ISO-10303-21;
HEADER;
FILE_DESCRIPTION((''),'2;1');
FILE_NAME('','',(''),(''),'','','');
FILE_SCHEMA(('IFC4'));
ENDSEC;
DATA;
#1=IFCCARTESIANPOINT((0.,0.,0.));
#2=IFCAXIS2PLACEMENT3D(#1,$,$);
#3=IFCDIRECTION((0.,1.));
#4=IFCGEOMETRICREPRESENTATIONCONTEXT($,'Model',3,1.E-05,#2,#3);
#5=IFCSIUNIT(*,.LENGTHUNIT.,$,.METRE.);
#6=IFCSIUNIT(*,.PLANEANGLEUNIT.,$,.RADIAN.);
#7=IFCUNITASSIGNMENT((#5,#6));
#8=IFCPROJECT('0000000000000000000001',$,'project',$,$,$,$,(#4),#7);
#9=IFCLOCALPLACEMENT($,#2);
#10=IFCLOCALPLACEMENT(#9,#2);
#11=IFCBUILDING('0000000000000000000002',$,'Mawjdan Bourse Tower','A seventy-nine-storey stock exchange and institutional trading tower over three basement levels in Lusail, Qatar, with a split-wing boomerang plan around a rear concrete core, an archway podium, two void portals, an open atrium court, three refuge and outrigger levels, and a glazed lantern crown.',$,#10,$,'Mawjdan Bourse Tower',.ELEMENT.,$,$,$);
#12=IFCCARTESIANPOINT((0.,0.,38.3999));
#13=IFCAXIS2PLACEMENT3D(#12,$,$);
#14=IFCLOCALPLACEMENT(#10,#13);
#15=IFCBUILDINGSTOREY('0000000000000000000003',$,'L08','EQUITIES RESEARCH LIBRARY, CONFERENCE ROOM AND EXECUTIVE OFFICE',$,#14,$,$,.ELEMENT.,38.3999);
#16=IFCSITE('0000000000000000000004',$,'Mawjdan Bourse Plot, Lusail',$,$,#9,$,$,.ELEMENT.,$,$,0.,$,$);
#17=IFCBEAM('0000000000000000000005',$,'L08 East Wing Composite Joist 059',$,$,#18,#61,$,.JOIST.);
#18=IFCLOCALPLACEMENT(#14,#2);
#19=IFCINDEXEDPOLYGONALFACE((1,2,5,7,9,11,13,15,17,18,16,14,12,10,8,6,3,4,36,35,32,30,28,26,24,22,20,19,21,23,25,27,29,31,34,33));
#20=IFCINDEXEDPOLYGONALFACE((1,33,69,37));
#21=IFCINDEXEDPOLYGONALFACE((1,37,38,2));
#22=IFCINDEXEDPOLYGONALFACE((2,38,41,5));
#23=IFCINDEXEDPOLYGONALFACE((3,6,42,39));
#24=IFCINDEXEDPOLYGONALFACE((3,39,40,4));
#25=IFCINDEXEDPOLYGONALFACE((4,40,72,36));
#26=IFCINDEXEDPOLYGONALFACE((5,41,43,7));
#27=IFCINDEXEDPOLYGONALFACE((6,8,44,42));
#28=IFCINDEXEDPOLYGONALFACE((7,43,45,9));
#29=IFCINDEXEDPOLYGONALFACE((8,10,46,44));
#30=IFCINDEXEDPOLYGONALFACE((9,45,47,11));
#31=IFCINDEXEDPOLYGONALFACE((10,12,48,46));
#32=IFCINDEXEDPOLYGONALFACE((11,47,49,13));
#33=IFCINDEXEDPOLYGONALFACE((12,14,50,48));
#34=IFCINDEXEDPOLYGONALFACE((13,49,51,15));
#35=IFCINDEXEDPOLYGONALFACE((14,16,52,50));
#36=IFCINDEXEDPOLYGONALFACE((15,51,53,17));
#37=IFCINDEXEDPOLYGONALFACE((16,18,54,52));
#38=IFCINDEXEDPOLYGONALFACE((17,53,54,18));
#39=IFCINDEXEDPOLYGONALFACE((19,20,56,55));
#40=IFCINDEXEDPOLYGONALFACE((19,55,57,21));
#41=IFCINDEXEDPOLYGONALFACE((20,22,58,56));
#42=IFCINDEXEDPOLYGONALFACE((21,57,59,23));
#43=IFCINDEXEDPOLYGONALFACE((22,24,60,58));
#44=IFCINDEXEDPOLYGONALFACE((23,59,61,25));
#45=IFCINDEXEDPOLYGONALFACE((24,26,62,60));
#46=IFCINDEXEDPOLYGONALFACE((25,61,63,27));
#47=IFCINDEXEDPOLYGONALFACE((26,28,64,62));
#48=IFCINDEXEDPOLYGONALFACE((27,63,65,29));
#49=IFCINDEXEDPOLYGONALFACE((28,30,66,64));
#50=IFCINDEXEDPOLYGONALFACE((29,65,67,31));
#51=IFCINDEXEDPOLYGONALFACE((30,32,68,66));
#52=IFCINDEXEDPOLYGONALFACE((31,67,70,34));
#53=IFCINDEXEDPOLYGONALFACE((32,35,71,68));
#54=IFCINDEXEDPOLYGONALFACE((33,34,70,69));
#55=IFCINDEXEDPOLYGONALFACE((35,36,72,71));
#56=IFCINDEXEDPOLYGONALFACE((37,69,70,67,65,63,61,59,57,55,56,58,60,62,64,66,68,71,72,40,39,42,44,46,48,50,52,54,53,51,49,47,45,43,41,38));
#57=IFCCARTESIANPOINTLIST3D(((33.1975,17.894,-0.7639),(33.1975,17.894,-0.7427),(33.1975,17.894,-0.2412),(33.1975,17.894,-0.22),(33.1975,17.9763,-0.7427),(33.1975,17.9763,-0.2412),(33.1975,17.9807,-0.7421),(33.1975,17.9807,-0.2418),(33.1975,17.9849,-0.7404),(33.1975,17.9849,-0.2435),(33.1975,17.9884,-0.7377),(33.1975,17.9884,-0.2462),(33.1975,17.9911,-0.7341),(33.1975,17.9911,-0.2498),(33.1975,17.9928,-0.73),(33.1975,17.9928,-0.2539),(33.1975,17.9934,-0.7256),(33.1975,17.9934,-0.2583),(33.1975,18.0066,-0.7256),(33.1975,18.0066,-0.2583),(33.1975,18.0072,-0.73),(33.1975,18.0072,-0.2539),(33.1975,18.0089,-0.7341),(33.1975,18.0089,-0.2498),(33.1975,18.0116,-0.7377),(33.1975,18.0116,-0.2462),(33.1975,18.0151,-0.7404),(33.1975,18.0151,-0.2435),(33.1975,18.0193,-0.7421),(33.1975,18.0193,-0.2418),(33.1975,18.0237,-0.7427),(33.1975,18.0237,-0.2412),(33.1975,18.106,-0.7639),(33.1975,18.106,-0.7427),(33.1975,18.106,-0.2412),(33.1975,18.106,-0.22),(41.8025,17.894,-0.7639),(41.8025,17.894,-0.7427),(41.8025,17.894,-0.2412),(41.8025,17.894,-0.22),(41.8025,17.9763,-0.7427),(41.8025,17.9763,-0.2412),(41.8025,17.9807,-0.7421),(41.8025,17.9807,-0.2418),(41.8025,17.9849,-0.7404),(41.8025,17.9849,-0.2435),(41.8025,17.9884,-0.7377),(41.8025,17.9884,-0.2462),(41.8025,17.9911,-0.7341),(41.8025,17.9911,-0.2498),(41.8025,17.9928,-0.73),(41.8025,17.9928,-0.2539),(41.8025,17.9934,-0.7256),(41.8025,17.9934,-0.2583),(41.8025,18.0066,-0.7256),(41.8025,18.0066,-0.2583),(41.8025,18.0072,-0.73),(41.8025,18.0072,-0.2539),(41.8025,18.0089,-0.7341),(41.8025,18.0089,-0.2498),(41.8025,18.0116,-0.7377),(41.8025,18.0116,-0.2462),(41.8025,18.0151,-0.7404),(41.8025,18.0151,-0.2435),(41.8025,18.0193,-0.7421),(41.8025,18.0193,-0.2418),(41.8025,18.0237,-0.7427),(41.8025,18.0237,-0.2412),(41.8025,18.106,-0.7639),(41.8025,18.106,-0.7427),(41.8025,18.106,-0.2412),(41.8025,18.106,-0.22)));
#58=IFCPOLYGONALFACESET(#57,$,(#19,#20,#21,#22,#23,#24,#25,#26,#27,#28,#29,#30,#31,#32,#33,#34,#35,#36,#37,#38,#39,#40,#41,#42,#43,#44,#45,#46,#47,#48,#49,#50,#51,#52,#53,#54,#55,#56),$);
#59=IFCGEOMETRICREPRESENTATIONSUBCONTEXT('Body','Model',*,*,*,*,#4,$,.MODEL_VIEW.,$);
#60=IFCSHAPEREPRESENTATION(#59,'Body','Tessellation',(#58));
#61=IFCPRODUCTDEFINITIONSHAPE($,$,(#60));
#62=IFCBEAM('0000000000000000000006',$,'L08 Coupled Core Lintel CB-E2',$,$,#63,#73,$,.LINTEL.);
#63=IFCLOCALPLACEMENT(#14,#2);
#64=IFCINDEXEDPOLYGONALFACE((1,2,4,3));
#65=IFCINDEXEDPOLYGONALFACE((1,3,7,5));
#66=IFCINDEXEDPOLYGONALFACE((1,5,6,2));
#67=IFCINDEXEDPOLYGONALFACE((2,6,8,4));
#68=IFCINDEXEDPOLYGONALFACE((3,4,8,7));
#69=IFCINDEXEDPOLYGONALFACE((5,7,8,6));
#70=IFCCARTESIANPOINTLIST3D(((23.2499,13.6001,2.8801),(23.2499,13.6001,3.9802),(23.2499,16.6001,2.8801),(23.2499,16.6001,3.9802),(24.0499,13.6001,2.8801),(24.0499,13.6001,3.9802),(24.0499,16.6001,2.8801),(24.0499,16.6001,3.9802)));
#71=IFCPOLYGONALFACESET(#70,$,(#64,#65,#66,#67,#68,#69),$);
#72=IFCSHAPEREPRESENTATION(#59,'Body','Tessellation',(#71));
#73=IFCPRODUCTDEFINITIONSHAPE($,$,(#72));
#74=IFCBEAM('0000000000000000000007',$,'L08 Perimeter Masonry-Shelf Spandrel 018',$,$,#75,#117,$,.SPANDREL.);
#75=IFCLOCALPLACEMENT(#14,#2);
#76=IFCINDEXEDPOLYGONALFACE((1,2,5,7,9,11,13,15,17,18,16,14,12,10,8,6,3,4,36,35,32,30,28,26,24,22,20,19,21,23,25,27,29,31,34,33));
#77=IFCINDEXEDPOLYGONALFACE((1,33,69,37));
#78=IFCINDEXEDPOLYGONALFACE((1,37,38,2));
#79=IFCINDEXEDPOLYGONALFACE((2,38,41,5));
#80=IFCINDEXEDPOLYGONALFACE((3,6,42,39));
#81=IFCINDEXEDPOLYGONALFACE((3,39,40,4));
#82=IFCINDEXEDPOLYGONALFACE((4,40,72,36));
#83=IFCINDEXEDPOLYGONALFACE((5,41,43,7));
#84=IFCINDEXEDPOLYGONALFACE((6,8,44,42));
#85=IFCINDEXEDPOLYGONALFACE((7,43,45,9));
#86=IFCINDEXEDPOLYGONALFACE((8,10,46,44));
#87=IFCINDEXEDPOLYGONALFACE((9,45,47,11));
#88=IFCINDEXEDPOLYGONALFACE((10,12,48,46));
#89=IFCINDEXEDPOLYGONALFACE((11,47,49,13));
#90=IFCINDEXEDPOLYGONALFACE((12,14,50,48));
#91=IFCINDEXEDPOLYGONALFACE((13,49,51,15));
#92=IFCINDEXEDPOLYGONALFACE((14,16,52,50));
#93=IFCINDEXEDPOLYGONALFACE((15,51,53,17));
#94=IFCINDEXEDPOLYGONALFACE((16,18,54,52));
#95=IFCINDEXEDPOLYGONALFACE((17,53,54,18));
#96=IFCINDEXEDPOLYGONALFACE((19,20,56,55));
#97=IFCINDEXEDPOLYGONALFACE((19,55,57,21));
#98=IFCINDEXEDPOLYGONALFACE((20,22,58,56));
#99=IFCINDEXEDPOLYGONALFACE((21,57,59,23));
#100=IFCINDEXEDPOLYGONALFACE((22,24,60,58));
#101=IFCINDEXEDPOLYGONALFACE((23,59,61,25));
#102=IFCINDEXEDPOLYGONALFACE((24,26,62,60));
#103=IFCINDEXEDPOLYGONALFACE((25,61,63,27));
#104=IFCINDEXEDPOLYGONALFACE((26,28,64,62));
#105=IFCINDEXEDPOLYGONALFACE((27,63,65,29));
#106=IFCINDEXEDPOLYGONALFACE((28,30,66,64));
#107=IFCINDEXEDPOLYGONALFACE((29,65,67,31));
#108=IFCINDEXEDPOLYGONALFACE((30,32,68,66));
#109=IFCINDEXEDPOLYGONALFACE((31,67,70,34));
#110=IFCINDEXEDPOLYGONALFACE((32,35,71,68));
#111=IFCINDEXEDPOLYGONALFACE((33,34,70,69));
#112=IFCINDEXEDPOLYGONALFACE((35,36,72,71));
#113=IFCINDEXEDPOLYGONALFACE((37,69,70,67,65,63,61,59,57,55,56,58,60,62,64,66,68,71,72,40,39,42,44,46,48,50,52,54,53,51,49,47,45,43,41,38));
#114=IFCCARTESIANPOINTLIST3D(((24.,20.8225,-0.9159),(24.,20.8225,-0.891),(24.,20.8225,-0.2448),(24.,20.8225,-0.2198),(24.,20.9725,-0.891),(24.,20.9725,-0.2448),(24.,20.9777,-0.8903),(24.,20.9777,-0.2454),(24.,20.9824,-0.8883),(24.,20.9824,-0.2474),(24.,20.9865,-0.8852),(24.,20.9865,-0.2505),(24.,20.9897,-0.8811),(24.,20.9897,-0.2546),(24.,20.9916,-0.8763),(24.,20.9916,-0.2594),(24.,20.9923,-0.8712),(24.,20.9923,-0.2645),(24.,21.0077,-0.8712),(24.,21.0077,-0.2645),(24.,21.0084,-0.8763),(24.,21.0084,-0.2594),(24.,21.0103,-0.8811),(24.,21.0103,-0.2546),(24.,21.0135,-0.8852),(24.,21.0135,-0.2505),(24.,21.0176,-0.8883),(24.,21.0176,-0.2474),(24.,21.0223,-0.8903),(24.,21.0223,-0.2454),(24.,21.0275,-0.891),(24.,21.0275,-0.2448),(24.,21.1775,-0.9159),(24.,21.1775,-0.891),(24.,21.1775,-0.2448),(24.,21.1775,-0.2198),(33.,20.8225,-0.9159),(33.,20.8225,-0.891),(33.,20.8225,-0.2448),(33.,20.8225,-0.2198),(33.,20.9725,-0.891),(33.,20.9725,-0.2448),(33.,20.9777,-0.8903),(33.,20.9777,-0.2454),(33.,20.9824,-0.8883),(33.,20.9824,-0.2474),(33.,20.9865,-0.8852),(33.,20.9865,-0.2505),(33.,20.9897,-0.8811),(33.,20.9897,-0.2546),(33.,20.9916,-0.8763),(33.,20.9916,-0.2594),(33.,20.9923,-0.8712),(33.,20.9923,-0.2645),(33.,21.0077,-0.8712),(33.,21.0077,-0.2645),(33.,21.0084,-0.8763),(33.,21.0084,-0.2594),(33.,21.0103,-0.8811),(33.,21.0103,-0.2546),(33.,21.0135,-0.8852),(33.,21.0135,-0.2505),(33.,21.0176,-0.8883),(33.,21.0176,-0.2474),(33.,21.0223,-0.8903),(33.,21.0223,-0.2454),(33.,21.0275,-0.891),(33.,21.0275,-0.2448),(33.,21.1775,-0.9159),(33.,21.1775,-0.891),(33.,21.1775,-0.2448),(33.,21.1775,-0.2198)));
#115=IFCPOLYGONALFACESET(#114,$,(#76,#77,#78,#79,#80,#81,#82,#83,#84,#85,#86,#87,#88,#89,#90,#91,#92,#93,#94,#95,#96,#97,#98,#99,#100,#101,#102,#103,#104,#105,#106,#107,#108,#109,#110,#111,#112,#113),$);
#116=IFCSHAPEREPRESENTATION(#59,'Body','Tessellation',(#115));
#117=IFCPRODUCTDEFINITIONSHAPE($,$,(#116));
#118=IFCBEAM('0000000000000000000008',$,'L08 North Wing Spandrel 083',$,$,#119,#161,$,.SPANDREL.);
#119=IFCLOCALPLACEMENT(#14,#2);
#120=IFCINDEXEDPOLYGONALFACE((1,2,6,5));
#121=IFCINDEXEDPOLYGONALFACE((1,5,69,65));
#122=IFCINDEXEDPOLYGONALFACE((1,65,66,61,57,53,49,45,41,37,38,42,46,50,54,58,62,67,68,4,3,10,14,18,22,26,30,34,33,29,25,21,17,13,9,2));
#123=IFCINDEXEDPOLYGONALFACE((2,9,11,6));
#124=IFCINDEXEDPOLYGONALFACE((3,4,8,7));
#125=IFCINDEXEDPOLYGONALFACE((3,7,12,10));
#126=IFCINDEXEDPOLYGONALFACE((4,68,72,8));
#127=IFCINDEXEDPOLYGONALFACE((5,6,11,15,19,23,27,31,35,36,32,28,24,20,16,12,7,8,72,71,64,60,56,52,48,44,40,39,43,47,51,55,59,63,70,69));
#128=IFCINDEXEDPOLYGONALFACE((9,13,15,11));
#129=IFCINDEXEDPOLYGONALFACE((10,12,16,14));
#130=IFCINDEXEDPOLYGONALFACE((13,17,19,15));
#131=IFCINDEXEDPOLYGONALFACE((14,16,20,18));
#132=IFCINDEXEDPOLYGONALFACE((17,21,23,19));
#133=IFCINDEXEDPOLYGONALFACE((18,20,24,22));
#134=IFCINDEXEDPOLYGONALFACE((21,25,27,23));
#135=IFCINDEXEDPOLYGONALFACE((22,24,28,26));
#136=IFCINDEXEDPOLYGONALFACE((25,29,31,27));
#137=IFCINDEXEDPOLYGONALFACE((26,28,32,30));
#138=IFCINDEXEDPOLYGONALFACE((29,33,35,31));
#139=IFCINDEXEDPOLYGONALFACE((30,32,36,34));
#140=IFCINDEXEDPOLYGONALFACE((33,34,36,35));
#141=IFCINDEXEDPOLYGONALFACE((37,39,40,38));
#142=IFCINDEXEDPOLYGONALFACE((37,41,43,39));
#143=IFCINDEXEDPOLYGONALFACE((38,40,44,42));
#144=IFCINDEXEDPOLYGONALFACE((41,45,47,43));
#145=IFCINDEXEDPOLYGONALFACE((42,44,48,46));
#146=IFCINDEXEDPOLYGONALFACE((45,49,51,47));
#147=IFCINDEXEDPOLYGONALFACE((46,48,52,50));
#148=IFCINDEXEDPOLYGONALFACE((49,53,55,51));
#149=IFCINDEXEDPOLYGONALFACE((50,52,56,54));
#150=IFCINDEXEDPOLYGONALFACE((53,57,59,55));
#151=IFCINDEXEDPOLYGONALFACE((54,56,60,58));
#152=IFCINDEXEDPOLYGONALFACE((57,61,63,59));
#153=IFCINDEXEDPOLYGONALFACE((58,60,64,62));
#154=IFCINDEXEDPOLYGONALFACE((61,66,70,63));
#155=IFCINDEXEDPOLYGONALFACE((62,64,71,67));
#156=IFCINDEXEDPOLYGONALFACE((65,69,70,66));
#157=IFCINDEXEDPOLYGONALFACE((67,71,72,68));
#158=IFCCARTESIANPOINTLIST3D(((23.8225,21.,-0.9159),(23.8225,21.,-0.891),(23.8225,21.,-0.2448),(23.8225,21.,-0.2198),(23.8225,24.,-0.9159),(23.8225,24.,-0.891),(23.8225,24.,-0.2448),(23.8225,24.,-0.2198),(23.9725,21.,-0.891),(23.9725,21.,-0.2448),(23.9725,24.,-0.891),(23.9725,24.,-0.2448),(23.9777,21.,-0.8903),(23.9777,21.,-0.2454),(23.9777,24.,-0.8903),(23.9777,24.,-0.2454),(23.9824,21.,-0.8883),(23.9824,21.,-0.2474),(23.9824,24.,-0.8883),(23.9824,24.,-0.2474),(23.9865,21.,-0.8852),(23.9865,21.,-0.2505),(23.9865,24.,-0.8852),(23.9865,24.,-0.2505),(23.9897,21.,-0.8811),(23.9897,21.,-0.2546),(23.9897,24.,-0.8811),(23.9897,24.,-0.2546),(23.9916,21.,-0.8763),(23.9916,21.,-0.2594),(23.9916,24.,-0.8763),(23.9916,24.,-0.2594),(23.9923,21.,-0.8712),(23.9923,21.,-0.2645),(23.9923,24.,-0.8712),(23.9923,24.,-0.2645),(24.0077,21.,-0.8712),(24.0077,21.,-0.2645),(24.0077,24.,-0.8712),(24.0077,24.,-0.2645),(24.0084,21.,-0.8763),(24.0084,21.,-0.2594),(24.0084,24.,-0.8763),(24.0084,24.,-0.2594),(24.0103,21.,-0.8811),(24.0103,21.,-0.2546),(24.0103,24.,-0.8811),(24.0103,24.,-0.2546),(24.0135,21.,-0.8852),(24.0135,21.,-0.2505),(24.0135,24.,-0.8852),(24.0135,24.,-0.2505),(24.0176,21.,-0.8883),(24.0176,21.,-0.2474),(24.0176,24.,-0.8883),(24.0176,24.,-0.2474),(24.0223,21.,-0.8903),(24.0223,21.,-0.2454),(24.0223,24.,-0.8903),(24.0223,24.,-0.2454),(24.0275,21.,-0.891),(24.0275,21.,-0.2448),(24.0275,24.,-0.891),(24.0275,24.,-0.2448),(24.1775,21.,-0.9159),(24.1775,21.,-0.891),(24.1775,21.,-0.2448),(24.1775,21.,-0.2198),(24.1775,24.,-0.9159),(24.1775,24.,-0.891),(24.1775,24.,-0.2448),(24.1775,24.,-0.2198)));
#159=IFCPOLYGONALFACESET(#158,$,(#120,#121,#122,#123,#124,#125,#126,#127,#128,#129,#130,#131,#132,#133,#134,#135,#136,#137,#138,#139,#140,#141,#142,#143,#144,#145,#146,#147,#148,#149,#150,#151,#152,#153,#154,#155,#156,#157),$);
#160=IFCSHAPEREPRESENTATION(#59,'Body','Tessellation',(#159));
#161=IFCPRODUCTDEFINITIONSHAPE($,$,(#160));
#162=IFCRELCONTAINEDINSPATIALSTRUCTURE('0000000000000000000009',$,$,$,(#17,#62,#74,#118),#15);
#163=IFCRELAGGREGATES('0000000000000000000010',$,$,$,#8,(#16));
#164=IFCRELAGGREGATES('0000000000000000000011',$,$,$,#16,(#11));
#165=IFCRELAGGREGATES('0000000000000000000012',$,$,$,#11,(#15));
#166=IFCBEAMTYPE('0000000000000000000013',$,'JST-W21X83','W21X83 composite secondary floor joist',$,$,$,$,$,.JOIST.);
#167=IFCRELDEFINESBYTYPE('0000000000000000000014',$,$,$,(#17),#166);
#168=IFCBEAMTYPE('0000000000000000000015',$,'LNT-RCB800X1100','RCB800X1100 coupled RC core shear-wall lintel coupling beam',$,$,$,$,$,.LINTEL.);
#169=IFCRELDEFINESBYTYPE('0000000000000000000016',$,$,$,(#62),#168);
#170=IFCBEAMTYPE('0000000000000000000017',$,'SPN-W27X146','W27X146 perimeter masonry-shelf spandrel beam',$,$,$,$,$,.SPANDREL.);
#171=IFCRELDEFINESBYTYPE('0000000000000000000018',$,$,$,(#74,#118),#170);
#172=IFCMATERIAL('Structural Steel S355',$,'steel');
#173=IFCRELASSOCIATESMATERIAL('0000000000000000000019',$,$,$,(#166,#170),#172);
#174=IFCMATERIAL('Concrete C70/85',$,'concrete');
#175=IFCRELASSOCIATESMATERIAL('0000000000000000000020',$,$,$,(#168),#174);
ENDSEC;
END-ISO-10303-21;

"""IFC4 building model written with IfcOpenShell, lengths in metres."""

from ifc_helpers import new_model, si_unit, direction, frame, origin, origin_2d, place, context, subcontext, project, spatial, rectangle, i_section, extrude, material, material_profile, profile_set, type_object, element, save


model = new_model("IFC4")

# Units and contexts
model_context = context("Model", 3, precision=1e-05, world=origin(), true_north=direction((0.0, 1.0)))
body_context = subcontext(model_context, "Body", "Model", "MODEL_VIEW")
ifc_project = project(units=[si_unit("LENGTHUNIT", "METRE"), si_unit("PLANEANGLEUNIT", "RADIAN")], contexts=[model_context])

# Site, building, storey
site_placement = place(None, origin())
site = spatial("IfcSite", under=ifc_project, at=site_placement, Name="Mawjdan Bourse Plot, Lusail", CompositionType="ELEMENT", RefElevation=0.0)
building_placement = place(site_placement, origin())
building = spatial("IfcBuilding", under=site, at=building_placement, Name="Mawjdan Bourse Tower", Description="A seventy-nine-storey stock exchange and institutional trading tower over three basement levels in Lusail, Qatar, with a split-wing boomerang plan around a rear concrete core, an archway podium, two void portals, an open atrium court, three refuge and outrigger levels, and a glazed lantern crown.", LongName="Mawjdan Bourse Tower", CompositionType="ELEMENT")
storey_placement = place(building_placement, frame((0.0, 0.0, 38.3999)))
storey = spatial("IfcBuildingStorey", under=building, at=storey_placement, Name="L08", Description="EQUITIES RESEARCH LIBRARY, CONFERENCE ROOM AND EXECUTIVE OFFICE", CompositionType="ELEMENT", Elevation=38.3999)

# Beams
ifc_material_1 = material(Name="Structural Steel S355", Category="steel")
ifc_material_profile_1 = material_profile(ifc_material_1, i_section(OverallWidth=0.2119, OverallDepth=0.5439, WebThickness=0.0132, FlangeThickness=0.0212, FilletRadius=0.0171, at=origin_2d()), Name="W21X83")
ifc_profile_set_1 = profile_set([ifc_material_profile_1], Name="Structural Steel S355")
beam_type_1 = type_object("IfcBeamType", Name="JST-W21X83", Description="W21X83 composite secondary floor joist", PredefinedType="JOIST", material=ifc_profile_set_1)
beam_1_placement = place(storey_placement, frame((33.1975, 18.0, -0.4919), z_axis=(1.0, 0.0, 0.0), x_axis=(0.0, 1.0, 0.0)))
element("IfcBeam", 1, at=beam_1_placement, inside=storey, type_object=beam_type_1, Name="L08 East Wing Composite Joist 059", PredefinedType="JOIST", context=body_context, shape_type="SweptSolid", body=[
    extrude(i_section(OverallWidth=0.2119, OverallDepth=0.5439, WebThickness=0.0132, FlangeThickness=0.0212, FilletRadius=0.0171, at=origin_2d()), origin(), (0.0, 0.0, 1.0), 8.605),
])
ifc_material_2 = material(Name="Concrete C70/85", Category="concrete")
ifc_material_profile_2 = material_profile(ifc_material_2, rectangle(XDim=0.8, YDim=1.1001, at=origin_2d()), Name="RCB800X1100")
ifc_profile_set_2 = profile_set([ifc_material_profile_2], Name="Concrete C70/85")
beam_type_2 = type_object("IfcBeamType", Name="LNT-RCB800X1100", Description="RCB800X1100 coupled RC core shear-wall lintel coupling beam", PredefinedType="LINTEL", material=ifc_profile_set_2)
beam_2_placement = place(storey_placement, frame((23.6499, 13.6001, 3.4302), z_axis=(0.0, 1.0, 0.0), x_axis=(-1.0, 0.0, 0.0)))
element("IfcBeam", 2, at=beam_2_placement, inside=storey, type_object=beam_type_2, Name="L08 Coupled Core Lintel CB-E2", PredefinedType="LINTEL", context=body_context, shape_type="SweptSolid", body=[
    extrude(rectangle(XDim=0.8, YDim=1.1001, at=origin_2d()), origin(), (0.0, 0.0, 1.0), 3.0),
])
ifc_material_profile_3 = material_profile(ifc_material_1, i_section(OverallWidth=0.355, OverallDepth=0.696, WebThickness=0.0154, FlangeThickness=0.0249, FilletRadius=0.0198, at=origin_2d()), Name="W27X146")
ifc_profile_set_3 = profile_set([ifc_material_profile_3], Name="Structural Steel S355")
beam_type_3 = type_object("IfcBeamType", Name="SPN-W27X146", Description="W27X146 perimeter masonry-shelf spandrel beam", PredefinedType="SPANDREL", material=ifc_profile_set_3)
beam_3_placement = place(storey_placement, frame((24.0, 21.0, -0.5679), z_axis=(1.0, 0.0, 0.0), x_axis=(0.0, 1.0, 0.0)))
element("IfcBeam", 3, at=beam_3_placement, inside=storey, type_object=beam_type_3, Name="L08 Perimeter Masonry-Shelf Spandrel 018", PredefinedType="SPANDREL", context=body_context, shape_type="SweptSolid", body=[
    extrude(i_section(OverallWidth=0.355, OverallDepth=0.696, WebThickness=0.0154, FlangeThickness=0.0249, FilletRadius=0.0198, at=origin_2d()), origin(), (0.0, 0.0, 1.0), 9.0),
])
beam_4_placement = place(storey_placement, frame((24.0, 21.0, -0.5679), z_axis=(0.0, 1.0, 0.0), x_axis=(-1.0, 0.0, 0.0)))
element("IfcBeam", 4, at=beam_4_placement, inside=storey, type_object=beam_type_3, Name="L08 North Wing Spandrel 083", PredefinedType="SPANDREL", context=body_context, shape_type="SweptSolid", body=[
    extrude(i_section(OverallWidth=0.355, OverallDepth=0.696, WebThickness=0.0154, FlangeThickness=0.0249, FilletRadius=0.0198, at=origin_2d()), origin(), (0.0, 0.0, 1.0), 3.0),
])

save(model, "model.ifc")
